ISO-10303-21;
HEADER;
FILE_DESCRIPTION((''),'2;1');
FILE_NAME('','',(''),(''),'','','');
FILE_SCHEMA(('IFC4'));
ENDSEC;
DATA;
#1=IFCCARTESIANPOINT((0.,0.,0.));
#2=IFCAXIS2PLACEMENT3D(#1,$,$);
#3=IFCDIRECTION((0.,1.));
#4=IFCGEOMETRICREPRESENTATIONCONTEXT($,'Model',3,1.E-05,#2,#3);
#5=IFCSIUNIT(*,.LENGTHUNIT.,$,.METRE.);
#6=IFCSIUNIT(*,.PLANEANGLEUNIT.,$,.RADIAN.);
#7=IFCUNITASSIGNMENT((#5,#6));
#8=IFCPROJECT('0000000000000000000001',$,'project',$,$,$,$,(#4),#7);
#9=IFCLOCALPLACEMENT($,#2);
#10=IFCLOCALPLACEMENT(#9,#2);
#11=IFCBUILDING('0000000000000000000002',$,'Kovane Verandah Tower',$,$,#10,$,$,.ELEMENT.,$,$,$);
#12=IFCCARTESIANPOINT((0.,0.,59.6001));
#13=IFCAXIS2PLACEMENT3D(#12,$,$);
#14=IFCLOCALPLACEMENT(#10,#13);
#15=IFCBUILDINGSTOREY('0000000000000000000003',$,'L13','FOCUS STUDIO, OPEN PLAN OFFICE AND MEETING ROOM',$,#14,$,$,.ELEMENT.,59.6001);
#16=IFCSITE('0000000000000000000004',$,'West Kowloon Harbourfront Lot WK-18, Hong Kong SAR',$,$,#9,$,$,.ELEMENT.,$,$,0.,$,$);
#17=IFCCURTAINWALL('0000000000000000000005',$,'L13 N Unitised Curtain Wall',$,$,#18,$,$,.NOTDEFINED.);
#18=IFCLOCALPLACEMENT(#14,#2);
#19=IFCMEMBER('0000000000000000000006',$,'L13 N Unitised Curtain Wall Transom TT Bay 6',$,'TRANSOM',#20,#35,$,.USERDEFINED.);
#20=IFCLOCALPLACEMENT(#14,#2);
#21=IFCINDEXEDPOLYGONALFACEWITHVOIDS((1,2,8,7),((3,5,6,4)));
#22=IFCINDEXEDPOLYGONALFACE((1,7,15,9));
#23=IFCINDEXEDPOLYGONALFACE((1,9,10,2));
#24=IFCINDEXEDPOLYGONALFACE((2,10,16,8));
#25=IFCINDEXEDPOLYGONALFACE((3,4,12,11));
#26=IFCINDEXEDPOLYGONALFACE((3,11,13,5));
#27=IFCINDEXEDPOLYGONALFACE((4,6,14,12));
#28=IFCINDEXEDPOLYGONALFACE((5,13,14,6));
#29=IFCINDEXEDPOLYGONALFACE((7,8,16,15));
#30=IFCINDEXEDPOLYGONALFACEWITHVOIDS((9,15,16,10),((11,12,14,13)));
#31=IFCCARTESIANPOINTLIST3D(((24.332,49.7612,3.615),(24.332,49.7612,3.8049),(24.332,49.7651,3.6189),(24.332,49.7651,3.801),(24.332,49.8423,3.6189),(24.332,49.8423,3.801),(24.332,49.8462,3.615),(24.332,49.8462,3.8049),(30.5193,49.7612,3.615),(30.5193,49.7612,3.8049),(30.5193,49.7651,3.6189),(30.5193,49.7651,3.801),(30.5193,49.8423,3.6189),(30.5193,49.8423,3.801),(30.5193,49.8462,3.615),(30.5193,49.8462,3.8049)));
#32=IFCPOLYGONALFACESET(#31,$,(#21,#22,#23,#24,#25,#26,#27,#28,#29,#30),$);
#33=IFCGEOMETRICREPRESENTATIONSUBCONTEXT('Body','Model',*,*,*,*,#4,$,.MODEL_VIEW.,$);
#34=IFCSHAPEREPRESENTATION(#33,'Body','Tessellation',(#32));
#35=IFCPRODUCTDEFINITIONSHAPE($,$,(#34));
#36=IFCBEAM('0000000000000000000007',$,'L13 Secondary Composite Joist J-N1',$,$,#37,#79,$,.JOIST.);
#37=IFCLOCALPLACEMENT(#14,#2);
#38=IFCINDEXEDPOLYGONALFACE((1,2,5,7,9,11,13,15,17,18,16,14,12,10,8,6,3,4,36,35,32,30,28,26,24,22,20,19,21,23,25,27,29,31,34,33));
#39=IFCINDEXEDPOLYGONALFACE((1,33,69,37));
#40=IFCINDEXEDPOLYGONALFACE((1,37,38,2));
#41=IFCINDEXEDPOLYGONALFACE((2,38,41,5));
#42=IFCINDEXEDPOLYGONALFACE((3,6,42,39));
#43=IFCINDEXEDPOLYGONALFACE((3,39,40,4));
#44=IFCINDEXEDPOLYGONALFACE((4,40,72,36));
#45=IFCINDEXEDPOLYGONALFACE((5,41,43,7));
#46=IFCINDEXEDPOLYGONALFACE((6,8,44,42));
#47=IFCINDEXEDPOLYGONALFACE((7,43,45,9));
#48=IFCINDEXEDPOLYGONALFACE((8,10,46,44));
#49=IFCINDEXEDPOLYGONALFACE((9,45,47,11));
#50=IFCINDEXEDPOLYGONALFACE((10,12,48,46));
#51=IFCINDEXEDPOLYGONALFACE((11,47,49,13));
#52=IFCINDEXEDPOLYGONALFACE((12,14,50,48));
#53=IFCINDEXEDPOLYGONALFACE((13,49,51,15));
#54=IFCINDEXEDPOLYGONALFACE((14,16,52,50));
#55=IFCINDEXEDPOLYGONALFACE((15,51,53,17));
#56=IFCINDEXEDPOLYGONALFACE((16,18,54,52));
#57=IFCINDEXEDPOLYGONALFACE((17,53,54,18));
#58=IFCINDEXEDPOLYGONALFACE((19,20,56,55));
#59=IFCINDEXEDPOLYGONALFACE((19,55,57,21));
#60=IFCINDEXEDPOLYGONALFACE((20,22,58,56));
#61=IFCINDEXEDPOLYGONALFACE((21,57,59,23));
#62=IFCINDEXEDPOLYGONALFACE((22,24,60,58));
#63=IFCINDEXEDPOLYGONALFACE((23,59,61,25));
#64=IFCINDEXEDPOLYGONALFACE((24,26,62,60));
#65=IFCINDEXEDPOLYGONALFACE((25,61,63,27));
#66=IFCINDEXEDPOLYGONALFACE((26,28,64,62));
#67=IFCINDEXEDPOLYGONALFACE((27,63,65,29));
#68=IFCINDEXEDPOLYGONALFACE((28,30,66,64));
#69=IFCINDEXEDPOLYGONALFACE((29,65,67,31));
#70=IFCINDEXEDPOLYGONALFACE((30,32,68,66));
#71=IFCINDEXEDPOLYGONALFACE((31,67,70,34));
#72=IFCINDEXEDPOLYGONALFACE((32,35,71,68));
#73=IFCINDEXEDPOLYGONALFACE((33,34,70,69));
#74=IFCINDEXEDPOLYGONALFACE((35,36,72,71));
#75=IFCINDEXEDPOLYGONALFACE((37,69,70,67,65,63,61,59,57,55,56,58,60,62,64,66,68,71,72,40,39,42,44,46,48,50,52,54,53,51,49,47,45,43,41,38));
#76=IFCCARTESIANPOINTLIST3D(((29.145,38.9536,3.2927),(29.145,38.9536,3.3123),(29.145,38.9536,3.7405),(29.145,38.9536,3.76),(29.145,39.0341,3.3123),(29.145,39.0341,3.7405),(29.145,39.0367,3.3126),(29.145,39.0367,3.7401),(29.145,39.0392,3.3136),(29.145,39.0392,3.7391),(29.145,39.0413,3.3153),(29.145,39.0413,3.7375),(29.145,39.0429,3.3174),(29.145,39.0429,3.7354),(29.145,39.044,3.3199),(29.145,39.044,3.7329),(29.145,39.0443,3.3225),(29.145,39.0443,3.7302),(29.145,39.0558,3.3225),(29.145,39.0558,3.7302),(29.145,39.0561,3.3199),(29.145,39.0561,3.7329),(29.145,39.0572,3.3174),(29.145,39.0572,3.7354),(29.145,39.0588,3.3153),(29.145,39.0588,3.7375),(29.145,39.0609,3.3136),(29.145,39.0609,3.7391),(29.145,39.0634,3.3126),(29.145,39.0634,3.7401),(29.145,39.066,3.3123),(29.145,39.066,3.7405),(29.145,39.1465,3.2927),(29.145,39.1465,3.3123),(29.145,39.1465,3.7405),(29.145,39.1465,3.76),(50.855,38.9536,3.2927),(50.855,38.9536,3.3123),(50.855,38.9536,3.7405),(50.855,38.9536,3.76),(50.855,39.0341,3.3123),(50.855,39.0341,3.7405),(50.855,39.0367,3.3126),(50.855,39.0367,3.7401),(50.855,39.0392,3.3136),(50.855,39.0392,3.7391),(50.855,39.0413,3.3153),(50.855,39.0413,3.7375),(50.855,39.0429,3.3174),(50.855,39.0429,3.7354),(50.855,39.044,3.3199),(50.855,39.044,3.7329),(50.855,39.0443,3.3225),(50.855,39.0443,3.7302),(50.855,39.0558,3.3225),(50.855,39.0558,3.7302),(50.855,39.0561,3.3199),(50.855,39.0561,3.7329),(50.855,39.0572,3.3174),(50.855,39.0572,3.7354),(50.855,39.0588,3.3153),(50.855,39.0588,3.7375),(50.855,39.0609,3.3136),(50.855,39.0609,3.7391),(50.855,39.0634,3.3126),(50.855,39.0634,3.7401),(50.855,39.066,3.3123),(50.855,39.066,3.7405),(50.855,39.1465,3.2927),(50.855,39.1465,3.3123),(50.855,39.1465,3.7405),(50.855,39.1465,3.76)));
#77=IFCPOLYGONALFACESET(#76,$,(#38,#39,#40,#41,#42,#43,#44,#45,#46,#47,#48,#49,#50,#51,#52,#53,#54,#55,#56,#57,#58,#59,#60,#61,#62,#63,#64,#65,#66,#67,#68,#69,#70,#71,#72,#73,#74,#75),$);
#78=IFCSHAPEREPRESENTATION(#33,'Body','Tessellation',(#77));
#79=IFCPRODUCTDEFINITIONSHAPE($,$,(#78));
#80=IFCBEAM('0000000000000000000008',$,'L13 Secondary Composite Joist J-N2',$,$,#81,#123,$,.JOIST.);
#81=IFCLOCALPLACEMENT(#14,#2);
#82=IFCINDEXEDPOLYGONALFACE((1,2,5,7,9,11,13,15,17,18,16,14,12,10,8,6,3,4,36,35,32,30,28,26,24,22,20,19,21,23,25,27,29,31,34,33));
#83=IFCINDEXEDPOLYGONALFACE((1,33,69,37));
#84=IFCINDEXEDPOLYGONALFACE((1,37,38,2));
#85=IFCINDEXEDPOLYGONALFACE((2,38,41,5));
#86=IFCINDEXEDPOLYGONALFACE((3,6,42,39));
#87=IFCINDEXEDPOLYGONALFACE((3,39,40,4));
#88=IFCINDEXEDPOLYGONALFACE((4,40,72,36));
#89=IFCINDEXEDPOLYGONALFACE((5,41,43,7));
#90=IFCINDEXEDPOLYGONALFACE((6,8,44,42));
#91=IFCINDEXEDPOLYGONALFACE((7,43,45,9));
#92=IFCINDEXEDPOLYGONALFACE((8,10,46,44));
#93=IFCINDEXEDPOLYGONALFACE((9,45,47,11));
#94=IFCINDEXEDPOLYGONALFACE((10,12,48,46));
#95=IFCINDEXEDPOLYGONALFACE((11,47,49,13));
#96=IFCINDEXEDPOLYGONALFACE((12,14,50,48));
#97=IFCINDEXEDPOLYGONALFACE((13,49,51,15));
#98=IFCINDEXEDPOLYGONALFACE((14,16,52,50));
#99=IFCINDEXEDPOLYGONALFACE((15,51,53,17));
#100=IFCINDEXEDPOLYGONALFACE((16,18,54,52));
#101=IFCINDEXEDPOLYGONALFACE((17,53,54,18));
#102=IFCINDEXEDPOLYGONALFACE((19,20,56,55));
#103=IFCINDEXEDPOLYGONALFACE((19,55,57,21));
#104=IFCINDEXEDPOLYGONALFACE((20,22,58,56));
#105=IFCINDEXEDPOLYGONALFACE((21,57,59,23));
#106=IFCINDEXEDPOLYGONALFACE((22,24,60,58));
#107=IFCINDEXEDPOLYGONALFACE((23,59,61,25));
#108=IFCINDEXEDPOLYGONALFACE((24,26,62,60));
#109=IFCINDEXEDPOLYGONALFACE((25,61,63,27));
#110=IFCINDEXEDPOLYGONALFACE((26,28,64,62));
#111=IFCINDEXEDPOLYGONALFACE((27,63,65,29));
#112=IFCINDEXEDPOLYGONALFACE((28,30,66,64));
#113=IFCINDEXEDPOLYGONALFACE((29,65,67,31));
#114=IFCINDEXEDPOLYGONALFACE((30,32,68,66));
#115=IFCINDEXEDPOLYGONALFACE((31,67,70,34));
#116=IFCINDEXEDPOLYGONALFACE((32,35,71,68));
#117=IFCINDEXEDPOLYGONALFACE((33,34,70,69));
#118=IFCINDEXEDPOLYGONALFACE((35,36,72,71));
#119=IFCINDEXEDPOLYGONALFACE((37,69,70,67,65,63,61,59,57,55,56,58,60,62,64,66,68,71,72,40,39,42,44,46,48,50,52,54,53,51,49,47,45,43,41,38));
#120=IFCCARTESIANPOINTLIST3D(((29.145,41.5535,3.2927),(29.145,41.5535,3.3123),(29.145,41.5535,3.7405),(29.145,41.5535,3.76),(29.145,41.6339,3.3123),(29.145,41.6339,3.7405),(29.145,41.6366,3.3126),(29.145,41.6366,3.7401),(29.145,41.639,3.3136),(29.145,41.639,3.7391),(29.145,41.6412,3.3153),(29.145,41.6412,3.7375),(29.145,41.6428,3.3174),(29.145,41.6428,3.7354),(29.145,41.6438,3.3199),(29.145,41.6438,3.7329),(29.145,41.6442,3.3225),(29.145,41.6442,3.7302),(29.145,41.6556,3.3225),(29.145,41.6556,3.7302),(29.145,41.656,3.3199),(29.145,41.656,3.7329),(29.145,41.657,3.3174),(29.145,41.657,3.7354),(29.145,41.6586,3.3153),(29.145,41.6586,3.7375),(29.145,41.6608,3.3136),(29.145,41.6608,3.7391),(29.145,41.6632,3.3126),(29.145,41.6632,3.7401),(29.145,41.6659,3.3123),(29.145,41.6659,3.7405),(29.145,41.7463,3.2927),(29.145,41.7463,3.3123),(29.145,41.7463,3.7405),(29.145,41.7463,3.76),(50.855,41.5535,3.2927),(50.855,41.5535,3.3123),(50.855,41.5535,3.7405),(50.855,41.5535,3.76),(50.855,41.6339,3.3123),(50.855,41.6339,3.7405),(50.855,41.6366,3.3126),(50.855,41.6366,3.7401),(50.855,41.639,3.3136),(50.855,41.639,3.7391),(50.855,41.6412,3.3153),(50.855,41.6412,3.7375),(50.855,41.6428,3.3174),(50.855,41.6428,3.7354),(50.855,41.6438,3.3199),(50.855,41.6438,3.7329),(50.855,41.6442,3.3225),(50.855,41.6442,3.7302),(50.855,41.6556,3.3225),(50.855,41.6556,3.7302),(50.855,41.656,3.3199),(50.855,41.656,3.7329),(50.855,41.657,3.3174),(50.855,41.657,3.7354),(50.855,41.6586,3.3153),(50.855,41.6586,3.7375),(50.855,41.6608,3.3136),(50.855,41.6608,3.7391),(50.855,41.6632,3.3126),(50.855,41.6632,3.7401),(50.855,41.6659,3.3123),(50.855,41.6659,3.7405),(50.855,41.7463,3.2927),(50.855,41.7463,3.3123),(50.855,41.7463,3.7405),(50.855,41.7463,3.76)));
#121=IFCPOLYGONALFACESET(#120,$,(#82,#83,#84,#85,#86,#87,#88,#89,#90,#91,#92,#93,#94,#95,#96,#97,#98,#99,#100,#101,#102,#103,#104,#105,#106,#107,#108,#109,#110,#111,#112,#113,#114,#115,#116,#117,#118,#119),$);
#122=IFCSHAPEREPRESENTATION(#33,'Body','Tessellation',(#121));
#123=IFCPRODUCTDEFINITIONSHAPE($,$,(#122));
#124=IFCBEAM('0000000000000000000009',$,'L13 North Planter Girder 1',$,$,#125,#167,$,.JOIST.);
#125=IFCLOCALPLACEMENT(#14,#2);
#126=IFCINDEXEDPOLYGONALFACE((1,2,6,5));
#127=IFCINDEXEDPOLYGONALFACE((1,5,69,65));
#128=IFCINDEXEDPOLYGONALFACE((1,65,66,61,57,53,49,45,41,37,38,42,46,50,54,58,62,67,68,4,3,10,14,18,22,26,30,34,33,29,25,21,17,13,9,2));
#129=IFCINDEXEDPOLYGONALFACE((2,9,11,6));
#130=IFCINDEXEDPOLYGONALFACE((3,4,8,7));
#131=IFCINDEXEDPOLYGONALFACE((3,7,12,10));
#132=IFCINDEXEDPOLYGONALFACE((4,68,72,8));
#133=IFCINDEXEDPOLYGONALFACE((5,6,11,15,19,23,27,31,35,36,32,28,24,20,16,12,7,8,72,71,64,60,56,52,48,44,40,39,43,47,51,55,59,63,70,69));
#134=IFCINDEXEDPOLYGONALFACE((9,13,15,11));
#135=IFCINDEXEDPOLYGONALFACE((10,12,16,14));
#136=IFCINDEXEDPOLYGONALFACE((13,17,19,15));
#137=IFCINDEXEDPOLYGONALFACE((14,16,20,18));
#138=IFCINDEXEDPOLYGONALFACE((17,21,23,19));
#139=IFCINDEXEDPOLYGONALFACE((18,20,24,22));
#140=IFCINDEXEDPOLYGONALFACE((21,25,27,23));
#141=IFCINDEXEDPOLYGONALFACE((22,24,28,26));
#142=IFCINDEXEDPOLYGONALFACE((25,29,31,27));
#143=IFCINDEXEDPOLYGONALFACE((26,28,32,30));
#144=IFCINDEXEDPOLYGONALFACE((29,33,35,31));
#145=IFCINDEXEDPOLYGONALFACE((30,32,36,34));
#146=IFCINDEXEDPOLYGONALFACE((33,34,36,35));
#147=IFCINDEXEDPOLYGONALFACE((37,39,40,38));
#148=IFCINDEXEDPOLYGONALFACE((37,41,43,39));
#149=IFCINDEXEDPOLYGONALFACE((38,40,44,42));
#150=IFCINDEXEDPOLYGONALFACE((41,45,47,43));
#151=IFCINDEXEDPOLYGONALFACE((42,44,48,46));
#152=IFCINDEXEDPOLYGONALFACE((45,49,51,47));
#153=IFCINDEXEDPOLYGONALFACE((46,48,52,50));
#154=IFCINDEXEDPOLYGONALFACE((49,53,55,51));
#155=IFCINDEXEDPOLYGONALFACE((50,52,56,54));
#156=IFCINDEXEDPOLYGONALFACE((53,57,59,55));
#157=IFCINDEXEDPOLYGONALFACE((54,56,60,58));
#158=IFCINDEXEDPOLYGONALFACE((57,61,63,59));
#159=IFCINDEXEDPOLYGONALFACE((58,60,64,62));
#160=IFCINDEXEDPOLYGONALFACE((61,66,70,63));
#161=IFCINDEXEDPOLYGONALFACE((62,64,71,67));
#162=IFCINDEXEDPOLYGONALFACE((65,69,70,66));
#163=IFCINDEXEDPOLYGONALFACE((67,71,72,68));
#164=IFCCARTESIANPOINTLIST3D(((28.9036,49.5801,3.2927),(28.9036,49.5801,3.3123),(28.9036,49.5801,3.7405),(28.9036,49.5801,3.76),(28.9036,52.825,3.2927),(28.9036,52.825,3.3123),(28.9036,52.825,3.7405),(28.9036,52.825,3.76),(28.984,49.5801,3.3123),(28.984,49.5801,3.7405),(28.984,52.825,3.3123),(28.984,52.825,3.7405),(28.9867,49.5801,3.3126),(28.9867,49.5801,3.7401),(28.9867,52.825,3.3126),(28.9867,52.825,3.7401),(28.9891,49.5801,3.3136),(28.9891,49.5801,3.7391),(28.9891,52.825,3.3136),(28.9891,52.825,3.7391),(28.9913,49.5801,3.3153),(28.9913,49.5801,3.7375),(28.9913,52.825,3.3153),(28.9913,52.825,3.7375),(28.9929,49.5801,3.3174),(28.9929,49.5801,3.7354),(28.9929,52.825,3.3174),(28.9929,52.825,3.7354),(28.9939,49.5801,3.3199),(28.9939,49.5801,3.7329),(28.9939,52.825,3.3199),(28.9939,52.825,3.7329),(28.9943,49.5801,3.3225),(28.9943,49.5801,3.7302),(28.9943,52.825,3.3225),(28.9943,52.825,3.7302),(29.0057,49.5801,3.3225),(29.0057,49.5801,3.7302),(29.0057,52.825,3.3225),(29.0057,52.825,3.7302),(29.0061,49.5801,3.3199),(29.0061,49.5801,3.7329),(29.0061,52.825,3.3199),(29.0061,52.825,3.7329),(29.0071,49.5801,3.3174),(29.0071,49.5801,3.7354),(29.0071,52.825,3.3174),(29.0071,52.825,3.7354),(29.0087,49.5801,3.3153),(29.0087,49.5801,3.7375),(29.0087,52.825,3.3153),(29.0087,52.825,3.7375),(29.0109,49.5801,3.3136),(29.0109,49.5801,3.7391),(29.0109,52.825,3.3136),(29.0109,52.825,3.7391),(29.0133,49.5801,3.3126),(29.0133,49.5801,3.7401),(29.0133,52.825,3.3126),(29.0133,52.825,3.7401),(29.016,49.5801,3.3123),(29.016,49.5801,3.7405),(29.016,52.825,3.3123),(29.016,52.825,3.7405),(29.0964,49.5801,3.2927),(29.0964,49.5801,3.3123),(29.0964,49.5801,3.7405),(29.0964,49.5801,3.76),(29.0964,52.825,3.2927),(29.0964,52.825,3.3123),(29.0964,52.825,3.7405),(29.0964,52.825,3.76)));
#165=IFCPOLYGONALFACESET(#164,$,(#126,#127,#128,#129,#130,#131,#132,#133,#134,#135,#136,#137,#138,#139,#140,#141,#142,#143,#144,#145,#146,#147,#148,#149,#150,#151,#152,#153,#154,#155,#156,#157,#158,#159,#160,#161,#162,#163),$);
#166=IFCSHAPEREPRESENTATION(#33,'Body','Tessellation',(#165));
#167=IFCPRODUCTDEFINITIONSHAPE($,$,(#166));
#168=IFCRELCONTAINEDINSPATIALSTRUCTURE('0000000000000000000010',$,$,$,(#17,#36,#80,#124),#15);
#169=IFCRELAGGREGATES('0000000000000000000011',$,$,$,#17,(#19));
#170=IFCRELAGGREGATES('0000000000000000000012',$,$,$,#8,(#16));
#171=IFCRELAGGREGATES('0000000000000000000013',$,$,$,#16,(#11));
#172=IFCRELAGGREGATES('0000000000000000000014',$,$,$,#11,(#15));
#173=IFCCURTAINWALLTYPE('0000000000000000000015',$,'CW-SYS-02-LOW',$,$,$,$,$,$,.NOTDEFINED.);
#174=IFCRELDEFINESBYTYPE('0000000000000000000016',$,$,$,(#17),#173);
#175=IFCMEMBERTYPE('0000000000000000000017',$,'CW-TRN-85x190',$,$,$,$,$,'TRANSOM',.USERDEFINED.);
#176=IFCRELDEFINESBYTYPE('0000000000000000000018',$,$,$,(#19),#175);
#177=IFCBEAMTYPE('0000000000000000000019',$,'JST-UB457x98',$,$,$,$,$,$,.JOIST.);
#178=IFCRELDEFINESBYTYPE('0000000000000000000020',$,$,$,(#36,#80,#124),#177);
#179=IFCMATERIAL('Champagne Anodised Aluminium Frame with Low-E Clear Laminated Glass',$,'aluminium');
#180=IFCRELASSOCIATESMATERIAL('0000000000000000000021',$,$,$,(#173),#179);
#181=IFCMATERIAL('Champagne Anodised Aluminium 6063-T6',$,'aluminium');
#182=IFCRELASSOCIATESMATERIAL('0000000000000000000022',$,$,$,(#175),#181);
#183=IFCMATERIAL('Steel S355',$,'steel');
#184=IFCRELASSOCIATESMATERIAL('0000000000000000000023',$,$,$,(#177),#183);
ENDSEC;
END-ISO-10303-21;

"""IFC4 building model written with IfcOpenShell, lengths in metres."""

from ifc_helpers import new_model, si_unit, direction, frame, origin, origin_2d, place, context, subcontext, project, spatial, hollow_rectangle, i_section, extrude, material, material_profile, profile_set, type_object, element, aggregate, save


model = new_model("IFC4")

# Units and contexts
model_context = context("Model", 3, precision=1e-05, world=origin(), true_north=direction((0.0, 1.0)))
body_context = subcontext(model_context, "Body", "Model", "MODEL_VIEW")
ifc_project = project(units=[si_unit("LENGTHUNIT", "METRE"), si_unit("PLANEANGLEUNIT", "RADIAN")], contexts=[model_context])

# Site, building, storey
site_placement = place(None, origin())
site = spatial("IfcSite", under=ifc_project, at=site_placement, Name="West Kowloon Harbourfront Lot WK-18, Hong Kong SAR", CompositionType="ELEMENT", RefElevation=0.0)
building_placement = place(site_placement, origin())
building = spatial("IfcBuilding", under=site, at=building_placement, Name="Kovane Verandah Tower", CompositionType="ELEMENT")
storey_placement = place(building_placement, frame((0.0, 0.0, 59.6001)))
storey = spatial("IfcBuildingStorey", under=building, at=storey_placement, Name="L13", Description="FOCUS STUDIO, OPEN PLAN OFFICE AND MEETING ROOM", CompositionType="ELEMENT", Elevation=59.6001)

# Curtain wall, member
ifc_material_1 = material(Name="Champagne Anodised Aluminium Frame with Low-E Clear Laminated Glass", Category="aluminium")
curtain_wall_type = type_object("IfcCurtainWallType", Name="CW-SYS-02-LOW", PredefinedType="NOTDEFINED", material=ifc_material_1)
curtain_wall_placement = place(storey_placement, origin())
curtain_wall = element("IfcCurtainWall", 1, at=curtain_wall_placement, inside=storey, type_object=curtain_wall_type, Name="L13 N Unitised Curtain Wall", PredefinedType="NOTDEFINED")
ifc_material_2 = material(Name="Champagne Anodised Aluminium 6063-T6", Category="aluminium")
ifc_material_profile_1 = material_profile(ifc_material_2, hollow_rectangle(XDim=0.085, YDim=0.1899, WallThickness=0.0039, at=origin_2d()), Name="AL85x190x4")
ifc_profile_set_1 = profile_set([ifc_material_profile_1], Name="Champagne Anodised Aluminium 6063-T6")
member_type_1 = type_object("IfcMemberType", Name="CW-TRN-85x190", ElementType="TRANSOM", PredefinedType="USERDEFINED", material=ifc_profile_set_1)
member_1_placement = place(storey_placement, frame((30.5193, 49.8037, 3.71), z_axis=(-1.0, 0.0, 0.0), x_axis=(0.0, -1.0, 0.0)))
member_1 = element("IfcMember", 2, at=member_1_placement, type_object=member_type_1, Name="L13 N Unitised Curtain Wall Transom TT Bay 6", ObjectType="TRANSOM", PredefinedType="USERDEFINED", context=body_context, shape_type="SweptSolid", body=[
    extrude(hollow_rectangle(XDim=0.085, YDim=0.1899, WallThickness=0.0039, at=origin_2d()), origin(), (0.0, 0.0, 1.0), 6.1873),
])

# Beams
ifc_material_3 = material(Name="Steel S355", Category="steel")
ifc_material_profile_2 = material_profile(ifc_material_3, i_section(OverallWidth=0.1929, OverallDepth=0.4673, WebThickness=0.0115, FlangeThickness=0.0195, FilletRadius=0.0103, at=origin_2d()), Name="UB457x191x98")
ifc_profile_set_2 = profile_set([ifc_material_profile_2], Name="Steel S355")
beam_type_1 = type_object("IfcBeamType", Name="JST-UB457x98", PredefinedType="JOIST", material=ifc_profile_set_2)
for number, where, z_axis, x_axis, name in (
    (3, (29.145, 39.05, 3.5264), (1.0, 0.0, 0.0), (0.0, 1.0, 0.0), "L13 Secondary Composite Joist J-N1"),
    (4, (29.145, 41.6499, 3.5264), (1.0, 0.0, 0.0), (0.0, 1.0, 0.0), "L13 Secondary Composite Joist J-N2"),
):
    element("IfcBeam", number, at=place(storey_placement, frame(where, z_axis=z_axis, x_axis=x_axis)), inside=storey, type_object=beam_type_1, Name=name, PredefinedType="JOIST", context=body_context, shape_type="SweptSolid", body=[
        extrude(i_section(OverallWidth=0.1929, OverallDepth=0.4673, WebThickness=0.0115, FlangeThickness=0.0195, FilletRadius=0.0103, at=origin_2d()), origin(), (0.0, 0.0, 1.0), 21.71),
    ])
beam_1_placement = place(storey_placement, frame((29.0, 49.5801, 3.5264), z_axis=(0.0, 1.0, 0.0), x_axis=(-1.0, 0.0, 0.0)))
element("IfcBeam", 5, at=beam_1_placement, inside=storey, type_object=beam_type_1, Name="L13 North Planter Girder 1", PredefinedType="JOIST", context=body_context, shape_type="SweptSolid", body=[
    extrude(i_section(OverallWidth=0.1929, OverallDepth=0.4673, WebThickness=0.0115, FlangeThickness=0.0195, FilletRadius=0.0103, at=origin_2d()), origin(), (0.0, 0.0, 1.0), 3.2449),
])

aggregate(curtain_wall, [member_1])

save(model, "model.ifc")
